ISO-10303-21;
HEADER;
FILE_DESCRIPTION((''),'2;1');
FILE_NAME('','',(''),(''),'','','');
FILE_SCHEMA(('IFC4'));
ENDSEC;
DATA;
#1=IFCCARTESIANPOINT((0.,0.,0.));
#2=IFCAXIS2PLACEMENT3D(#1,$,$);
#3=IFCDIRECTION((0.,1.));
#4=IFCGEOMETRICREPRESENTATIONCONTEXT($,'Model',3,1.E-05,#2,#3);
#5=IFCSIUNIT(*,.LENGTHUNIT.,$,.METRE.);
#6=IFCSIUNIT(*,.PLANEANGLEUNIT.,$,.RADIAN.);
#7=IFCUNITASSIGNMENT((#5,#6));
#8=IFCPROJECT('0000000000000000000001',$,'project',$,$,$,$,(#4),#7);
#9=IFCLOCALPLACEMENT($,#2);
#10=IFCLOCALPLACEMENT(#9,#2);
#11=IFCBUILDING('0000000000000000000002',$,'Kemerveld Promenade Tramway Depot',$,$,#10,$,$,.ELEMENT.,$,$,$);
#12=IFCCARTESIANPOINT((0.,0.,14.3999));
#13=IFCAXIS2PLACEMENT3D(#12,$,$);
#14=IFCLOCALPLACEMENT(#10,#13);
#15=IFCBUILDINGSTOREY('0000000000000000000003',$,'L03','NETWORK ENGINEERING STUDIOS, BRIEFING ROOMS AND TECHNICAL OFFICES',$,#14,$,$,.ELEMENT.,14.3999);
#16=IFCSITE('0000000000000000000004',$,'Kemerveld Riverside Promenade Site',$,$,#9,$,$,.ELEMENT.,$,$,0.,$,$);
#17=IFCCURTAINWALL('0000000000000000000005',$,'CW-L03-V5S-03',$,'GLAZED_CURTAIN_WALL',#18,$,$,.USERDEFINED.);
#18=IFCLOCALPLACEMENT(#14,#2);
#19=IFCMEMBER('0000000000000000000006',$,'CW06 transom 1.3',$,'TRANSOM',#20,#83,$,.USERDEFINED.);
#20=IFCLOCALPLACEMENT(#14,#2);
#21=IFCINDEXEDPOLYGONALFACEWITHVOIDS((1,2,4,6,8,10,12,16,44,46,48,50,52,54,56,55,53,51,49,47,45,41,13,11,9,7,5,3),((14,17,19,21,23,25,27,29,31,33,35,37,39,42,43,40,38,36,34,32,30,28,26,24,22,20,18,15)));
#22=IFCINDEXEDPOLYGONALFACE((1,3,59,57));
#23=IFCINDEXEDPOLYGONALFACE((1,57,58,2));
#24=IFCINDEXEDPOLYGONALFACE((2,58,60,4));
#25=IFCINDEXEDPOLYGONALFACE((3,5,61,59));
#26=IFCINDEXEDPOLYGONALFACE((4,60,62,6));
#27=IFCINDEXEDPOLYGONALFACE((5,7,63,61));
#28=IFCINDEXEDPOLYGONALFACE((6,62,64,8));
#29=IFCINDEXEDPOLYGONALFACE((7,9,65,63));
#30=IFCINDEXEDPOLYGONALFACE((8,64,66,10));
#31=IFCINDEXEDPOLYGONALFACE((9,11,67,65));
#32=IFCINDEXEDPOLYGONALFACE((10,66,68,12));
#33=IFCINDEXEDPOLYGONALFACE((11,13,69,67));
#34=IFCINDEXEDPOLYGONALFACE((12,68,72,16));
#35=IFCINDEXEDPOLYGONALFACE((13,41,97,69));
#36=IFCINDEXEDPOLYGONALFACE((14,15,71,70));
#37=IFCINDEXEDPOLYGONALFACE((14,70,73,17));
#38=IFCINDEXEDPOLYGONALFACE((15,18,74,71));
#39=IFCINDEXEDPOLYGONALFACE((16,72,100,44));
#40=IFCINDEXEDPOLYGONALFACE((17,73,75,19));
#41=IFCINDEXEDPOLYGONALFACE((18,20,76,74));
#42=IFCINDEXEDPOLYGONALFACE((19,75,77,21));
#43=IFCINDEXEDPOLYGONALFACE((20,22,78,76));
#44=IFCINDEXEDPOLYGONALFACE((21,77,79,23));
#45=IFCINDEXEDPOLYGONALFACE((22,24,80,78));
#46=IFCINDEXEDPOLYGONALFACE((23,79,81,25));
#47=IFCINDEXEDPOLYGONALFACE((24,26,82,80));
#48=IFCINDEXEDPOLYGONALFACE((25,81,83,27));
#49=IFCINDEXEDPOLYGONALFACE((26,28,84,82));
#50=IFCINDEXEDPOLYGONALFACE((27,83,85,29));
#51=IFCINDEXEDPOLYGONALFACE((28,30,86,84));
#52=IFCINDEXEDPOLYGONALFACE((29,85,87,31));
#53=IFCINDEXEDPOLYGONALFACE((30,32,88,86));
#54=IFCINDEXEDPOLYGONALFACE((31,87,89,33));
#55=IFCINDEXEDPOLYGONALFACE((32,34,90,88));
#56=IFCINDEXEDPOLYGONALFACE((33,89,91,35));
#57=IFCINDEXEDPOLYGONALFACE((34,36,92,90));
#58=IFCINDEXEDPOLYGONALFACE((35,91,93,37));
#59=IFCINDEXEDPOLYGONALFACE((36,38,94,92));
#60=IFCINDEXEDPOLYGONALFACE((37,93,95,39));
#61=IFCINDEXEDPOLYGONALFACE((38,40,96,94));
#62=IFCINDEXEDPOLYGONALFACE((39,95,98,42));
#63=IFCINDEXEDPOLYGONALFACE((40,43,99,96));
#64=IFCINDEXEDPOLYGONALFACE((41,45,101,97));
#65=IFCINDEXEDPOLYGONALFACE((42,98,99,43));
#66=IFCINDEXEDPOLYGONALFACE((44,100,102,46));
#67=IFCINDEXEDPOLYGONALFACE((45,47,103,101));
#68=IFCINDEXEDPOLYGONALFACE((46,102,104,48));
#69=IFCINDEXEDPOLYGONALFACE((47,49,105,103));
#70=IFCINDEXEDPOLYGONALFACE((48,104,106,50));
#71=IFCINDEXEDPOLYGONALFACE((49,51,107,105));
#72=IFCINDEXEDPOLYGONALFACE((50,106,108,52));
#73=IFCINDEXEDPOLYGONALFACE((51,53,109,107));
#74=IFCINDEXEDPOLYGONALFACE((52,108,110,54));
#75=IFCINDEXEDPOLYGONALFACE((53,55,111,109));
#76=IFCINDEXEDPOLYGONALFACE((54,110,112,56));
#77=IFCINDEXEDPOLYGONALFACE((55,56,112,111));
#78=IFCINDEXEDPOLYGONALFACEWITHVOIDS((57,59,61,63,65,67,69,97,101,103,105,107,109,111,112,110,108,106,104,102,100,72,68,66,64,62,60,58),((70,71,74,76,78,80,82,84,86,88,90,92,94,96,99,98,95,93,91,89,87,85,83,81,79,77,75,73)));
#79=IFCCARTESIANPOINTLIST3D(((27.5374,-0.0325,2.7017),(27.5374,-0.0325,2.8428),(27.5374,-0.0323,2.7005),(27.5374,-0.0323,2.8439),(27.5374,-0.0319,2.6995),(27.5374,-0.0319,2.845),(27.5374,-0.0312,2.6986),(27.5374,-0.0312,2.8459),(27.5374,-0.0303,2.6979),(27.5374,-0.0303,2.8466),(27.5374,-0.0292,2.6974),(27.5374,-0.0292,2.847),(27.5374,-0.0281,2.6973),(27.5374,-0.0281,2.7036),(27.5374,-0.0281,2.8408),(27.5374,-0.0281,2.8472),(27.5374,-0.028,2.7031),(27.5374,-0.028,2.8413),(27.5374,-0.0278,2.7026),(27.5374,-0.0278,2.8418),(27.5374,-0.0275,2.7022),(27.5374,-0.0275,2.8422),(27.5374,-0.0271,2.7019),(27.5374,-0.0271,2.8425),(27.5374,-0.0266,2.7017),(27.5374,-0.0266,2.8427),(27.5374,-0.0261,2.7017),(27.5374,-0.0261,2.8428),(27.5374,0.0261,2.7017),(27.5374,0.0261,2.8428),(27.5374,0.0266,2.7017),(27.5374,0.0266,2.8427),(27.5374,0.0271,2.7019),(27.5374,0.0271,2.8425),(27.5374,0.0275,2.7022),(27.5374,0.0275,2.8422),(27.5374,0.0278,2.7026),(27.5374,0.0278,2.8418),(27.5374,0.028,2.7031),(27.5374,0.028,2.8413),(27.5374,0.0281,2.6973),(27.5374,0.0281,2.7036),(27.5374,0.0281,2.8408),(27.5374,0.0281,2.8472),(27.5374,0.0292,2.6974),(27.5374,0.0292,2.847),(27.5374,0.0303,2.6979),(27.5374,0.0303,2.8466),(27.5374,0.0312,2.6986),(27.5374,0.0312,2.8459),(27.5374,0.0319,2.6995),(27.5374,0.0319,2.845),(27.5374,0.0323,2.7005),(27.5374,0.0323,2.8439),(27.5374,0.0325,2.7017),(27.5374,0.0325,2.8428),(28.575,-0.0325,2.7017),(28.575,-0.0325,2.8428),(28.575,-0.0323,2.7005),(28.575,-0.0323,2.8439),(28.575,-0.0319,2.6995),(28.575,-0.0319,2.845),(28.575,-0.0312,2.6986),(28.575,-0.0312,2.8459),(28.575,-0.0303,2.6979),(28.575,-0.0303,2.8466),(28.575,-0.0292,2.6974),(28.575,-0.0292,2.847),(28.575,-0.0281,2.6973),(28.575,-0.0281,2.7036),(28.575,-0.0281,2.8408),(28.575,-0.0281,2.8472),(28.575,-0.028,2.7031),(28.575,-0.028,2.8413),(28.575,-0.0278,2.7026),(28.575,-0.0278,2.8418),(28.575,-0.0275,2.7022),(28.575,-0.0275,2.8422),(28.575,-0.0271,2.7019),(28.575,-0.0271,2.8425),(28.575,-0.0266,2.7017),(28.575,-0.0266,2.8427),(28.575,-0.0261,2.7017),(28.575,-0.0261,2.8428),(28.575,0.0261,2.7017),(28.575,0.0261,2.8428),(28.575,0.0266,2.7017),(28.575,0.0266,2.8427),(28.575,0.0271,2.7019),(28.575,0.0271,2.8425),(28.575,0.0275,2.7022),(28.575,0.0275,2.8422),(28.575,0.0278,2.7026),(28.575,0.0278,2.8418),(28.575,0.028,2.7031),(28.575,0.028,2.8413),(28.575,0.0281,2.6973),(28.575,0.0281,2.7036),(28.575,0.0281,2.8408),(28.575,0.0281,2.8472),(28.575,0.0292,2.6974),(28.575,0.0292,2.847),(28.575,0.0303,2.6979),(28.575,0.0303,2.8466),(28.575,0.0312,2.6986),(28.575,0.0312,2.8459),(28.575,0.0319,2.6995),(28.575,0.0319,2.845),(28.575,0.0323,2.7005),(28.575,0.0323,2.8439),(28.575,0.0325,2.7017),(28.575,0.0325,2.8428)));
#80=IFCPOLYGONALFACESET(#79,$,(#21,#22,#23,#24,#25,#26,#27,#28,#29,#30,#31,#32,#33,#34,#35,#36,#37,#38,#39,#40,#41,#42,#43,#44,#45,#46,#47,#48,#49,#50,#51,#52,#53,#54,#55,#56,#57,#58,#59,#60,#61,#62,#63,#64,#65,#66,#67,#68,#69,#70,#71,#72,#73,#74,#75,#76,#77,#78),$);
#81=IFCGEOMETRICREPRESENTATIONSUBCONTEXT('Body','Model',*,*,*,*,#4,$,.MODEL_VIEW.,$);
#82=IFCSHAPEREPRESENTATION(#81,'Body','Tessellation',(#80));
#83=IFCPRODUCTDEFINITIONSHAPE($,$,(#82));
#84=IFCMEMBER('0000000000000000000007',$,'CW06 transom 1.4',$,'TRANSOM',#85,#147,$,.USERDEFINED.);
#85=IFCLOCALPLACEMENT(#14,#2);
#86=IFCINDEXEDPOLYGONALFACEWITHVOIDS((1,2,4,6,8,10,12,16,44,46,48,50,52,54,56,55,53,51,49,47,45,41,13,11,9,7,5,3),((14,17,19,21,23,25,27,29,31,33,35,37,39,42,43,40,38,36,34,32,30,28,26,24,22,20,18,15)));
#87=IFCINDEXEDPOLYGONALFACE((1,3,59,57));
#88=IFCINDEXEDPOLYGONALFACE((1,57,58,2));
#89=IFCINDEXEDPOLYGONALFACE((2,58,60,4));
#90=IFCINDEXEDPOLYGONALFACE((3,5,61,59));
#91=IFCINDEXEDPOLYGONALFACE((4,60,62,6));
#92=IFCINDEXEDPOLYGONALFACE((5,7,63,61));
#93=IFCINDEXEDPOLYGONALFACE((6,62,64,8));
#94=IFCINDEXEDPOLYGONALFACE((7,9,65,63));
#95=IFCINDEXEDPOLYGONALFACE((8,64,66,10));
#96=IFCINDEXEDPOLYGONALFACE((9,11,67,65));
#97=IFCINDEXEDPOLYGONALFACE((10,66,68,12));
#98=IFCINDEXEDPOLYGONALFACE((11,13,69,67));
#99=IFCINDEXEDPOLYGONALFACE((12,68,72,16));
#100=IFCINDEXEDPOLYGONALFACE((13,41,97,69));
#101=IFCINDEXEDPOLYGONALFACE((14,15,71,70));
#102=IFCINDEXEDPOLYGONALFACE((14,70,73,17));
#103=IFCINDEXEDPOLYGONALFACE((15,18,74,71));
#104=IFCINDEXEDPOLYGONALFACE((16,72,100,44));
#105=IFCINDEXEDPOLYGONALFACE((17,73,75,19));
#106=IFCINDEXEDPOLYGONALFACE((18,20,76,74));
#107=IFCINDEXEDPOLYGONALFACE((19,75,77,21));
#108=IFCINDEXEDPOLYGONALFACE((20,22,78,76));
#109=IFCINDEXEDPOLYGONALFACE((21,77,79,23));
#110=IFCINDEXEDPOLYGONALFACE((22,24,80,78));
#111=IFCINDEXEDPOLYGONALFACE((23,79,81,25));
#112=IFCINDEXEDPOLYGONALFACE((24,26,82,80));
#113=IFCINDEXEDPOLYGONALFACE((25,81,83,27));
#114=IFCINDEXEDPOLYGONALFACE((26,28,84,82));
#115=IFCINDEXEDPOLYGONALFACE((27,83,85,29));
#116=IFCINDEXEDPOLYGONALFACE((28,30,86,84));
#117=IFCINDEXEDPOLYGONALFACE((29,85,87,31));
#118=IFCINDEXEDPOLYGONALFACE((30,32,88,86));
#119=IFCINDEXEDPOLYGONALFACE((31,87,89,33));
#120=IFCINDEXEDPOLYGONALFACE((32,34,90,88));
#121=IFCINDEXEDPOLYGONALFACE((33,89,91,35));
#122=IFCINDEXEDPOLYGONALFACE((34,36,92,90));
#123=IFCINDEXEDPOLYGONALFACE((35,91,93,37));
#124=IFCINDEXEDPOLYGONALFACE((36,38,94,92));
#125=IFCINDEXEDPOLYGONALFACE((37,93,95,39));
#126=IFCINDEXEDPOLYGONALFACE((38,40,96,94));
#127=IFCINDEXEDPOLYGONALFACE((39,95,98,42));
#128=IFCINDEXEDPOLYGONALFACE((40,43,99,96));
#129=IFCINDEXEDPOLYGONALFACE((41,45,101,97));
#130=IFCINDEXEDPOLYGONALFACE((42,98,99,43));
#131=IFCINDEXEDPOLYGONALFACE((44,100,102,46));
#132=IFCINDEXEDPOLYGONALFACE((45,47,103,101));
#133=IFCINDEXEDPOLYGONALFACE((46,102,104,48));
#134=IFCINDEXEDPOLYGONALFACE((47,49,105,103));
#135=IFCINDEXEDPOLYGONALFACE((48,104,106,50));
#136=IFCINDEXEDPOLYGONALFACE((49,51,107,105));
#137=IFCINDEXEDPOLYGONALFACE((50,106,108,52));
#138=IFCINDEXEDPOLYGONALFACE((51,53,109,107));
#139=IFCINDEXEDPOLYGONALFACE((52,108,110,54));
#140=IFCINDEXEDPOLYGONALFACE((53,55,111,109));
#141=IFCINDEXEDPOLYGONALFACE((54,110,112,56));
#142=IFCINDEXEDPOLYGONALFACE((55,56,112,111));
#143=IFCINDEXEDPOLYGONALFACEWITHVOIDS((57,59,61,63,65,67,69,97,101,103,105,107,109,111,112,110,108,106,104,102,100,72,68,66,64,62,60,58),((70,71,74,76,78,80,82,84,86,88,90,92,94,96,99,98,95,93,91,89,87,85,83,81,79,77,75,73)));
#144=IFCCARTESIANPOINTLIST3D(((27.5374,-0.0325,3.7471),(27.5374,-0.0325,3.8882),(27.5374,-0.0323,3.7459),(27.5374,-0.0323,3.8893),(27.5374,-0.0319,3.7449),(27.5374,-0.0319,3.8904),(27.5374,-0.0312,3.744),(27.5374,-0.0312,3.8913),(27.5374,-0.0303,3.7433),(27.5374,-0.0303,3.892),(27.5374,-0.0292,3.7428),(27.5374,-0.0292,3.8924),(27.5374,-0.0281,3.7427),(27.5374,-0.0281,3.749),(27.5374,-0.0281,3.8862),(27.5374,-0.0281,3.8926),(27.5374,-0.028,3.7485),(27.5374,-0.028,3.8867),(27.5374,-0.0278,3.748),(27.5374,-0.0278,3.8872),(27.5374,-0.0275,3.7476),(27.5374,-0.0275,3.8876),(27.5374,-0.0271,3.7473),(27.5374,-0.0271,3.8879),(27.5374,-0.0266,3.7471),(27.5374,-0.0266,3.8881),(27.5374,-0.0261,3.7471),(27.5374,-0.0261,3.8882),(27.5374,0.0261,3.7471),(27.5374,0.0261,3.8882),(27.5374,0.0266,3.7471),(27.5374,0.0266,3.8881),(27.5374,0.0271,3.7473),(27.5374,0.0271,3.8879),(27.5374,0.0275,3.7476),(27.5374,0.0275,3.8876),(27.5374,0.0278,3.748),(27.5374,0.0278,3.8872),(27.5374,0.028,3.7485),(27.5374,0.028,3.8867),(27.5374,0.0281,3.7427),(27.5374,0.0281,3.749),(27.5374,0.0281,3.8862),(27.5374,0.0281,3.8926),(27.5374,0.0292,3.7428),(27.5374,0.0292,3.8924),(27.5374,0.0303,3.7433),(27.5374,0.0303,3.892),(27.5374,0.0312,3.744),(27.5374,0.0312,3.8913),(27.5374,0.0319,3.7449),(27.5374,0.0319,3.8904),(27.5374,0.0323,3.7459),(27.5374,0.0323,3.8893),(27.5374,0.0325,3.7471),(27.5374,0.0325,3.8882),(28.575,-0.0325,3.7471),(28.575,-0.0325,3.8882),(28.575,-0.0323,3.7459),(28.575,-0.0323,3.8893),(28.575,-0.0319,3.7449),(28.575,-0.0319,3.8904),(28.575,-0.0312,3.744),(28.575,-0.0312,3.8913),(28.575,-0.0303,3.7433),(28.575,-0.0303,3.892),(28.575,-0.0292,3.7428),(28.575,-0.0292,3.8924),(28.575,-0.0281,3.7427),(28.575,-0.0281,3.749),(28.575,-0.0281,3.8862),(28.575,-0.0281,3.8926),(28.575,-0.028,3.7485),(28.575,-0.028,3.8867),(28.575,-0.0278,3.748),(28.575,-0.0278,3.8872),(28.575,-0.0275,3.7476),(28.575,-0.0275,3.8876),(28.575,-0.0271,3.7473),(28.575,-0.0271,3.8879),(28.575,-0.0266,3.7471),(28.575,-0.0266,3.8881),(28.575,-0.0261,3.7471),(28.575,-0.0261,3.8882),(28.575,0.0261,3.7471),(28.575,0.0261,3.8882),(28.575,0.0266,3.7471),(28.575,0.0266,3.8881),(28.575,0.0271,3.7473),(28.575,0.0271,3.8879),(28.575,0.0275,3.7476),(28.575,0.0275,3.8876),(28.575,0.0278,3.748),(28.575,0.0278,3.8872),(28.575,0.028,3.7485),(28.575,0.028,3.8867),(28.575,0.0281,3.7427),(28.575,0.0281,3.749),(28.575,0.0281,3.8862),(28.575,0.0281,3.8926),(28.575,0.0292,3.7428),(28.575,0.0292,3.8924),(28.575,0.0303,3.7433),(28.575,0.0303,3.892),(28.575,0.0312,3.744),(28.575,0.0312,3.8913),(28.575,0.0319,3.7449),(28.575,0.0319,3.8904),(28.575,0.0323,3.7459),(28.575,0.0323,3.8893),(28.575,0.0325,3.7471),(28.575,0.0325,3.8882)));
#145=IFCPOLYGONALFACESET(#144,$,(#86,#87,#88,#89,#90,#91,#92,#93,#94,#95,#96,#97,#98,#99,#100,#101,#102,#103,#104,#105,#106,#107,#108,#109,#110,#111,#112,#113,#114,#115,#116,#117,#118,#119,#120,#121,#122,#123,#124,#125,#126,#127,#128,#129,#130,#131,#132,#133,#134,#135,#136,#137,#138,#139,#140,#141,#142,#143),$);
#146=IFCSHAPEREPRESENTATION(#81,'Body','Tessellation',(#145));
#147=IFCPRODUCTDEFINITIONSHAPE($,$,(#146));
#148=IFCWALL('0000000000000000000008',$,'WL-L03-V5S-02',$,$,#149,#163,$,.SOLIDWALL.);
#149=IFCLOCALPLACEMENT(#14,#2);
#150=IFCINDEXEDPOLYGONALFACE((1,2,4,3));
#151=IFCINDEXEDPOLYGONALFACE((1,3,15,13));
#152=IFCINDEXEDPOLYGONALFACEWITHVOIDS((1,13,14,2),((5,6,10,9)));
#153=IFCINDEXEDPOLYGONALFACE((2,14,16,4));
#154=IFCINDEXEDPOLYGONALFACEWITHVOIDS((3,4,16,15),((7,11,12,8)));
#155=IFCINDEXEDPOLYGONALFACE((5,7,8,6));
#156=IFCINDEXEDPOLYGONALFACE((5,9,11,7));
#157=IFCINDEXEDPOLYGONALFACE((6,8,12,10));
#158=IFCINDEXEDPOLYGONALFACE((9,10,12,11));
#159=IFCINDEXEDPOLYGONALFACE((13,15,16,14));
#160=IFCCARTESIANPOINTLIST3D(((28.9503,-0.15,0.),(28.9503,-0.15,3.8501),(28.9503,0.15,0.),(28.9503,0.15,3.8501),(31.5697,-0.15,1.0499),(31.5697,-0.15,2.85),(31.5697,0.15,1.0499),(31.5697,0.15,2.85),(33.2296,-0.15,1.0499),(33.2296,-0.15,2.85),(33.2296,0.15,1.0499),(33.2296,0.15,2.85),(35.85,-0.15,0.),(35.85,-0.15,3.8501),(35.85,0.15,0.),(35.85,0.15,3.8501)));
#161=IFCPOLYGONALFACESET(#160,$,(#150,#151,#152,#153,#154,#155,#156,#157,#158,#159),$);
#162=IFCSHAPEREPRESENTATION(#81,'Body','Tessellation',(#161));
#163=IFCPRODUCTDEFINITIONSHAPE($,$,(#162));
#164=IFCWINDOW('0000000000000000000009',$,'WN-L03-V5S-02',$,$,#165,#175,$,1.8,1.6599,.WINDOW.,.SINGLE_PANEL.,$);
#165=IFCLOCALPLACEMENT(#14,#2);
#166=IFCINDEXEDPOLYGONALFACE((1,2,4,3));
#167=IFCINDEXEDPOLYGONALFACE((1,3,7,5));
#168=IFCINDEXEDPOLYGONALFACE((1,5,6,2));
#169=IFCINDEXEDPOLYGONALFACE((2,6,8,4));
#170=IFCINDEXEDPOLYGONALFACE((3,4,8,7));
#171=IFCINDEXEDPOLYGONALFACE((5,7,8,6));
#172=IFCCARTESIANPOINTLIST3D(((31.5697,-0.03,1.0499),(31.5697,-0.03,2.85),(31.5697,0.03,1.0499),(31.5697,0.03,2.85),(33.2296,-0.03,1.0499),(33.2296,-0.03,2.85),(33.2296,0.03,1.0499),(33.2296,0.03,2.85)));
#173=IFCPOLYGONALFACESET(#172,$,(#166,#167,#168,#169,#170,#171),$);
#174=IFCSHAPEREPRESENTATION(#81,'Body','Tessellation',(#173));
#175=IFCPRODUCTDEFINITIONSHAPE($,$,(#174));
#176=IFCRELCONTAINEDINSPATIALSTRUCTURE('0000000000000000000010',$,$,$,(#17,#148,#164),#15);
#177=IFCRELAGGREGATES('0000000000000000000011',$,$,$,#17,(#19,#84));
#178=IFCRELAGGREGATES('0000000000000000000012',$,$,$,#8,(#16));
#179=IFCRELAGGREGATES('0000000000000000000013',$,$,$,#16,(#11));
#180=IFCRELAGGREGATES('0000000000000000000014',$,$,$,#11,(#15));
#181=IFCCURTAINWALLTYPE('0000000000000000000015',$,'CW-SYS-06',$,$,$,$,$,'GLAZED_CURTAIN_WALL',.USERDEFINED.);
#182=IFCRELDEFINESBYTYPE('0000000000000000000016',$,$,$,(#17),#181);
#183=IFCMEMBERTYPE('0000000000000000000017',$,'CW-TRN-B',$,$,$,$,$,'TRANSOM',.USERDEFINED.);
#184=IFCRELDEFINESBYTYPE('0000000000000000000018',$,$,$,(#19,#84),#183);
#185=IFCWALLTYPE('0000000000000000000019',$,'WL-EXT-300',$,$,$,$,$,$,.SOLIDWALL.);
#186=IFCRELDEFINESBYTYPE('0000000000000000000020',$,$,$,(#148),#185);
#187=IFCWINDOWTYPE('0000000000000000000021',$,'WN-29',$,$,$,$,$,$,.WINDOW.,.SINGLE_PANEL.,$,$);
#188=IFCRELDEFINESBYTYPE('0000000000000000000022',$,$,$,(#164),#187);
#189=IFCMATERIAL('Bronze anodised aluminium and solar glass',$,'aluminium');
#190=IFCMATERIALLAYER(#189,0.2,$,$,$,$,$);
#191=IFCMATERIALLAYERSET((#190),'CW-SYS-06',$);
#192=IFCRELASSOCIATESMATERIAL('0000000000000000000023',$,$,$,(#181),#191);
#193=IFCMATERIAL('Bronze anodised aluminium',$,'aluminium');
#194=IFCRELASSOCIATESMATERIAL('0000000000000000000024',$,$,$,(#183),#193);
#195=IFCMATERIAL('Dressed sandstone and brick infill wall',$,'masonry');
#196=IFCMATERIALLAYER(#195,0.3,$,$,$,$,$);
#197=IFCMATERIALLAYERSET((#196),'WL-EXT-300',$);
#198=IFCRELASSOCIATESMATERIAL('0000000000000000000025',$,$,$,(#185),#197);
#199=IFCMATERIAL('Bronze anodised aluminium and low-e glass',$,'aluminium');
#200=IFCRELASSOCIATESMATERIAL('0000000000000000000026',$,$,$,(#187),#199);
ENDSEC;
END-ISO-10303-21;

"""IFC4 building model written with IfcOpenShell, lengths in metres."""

from ifc_helpers import new_model, si_unit, direction, frame, frame_2d, origin, origin_2d, place, context, subcontext, project, spatial, rectangle, hollow_rectangle, extrude, material, layer, layer_set, material_profile, profile_set, type_object, element, fill, aggregate, save


model = new_model("IFC4")

# Units and contexts
model_context = context("Model", 3, precision=1e-05, world=origin(), true_north=direction((0.0, 1.0)))
body_context = subcontext(model_context, "Body", "Model", "MODEL_VIEW")
ifc_project = project(units=[si_unit("LENGTHUNIT", "METRE"), si_unit("PLANEANGLEUNIT", "RADIAN")], contexts=[model_context])

# Site, building, storey
site_placement = place(None, origin())
site = spatial("IfcSite", under=ifc_project, at=site_placement, Name="Kemerveld Riverside Promenade Site", CompositionType="ELEMENT", RefElevation=0.0)
building_placement = place(site_placement, origin())
building = spatial("IfcBuilding", under=site, at=building_placement, Name="Kemerveld Promenade Tramway Depot", CompositionType="ELEMENT")
storey_placement = place(building_placement, frame((0.0, 0.0, 14.3999)))
storey = spatial("IfcBuildingStorey", under=building, at=storey_placement, Name="L03", Description="NETWORK ENGINEERING STUDIOS, BRIEFING ROOMS AND TECHNICAL OFFICES", CompositionType="ELEMENT", Elevation=14.3999)

# Curtain wall, members
ifc_material_1 = material(Name="Bronze anodised aluminium and solar glass", Category="aluminium")
ifc_layer_1 = layer(ifc_material_1, 0.2)
ifc_layer_set_1 = layer_set([ifc_layer_1], Name="CW-SYS-06")
curtain_wall_type = type_object("IfcCurtainWallType", Name="CW-SYS-06", ElementType="GLAZED_CURTAIN_WALL", PredefinedType="USERDEFINED", material=ifc_layer_set_1)
curtain_wall_placement = place(storey_placement, origin())
curtain_wall = element("IfcCurtainWall", 1, at=curtain_wall_placement, inside=storey, type_object=curtain_wall_type, Name="CW-L03-V5S-03", ObjectType="GLAZED_CURTAIN_WALL", PredefinedType="USERDEFINED")
ifc_material_2 = material(Name="Bronze anodised aluminium", Category="aluminium")
ifc_material_profile_1 = material_profile(ifc_material_2, hollow_rectangle(XDim=0.0649, YDim=0.1499, WallThickness=0.0044, InnerFilletRadius=0.002, OuterFilletRadius=0.0044, at=origin_2d()), Name="CW-TRN-150x65")
ifc_profile_set_1 = profile_set([ifc_material_profile_1], Name="Bronze anodised aluminium")
member_type_1 = type_object("IfcMemberType", Name="CW-TRN-B", ElementType="TRANSOM", PredefinedType="USERDEFINED", material=ifc_profile_set_1)
member_1_placement = place(storey_placement, frame((28.575, 0.0, 2.7722), z_axis=(-1.0, 0.0, 0.0), x_axis=(0.0, -1.0, 0.0)))
member_1 = element("IfcMember", 2, at=member_1_placement, type_object=member_type_1, Name="CW06 transom 1.3", ObjectType="TRANSOM", PredefinedType="USERDEFINED", context=body_context, shape_type="SweptSolid", body=[
    extrude(hollow_rectangle(XDim=0.0649, YDim=0.1499, WallThickness=0.0044, InnerFilletRadius=0.002, OuterFilletRadius=0.0044, at=origin_2d()), origin(), (0.0, 0.0, 1.0), 1.0376),
])
member_2_placement = place(storey_placement, frame((28.575, 0.0, 3.8176), z_axis=(-1.0, 0.0, 0.0), x_axis=(0.0, -1.0, 0.0)))
member_2 = element("IfcMember", 3, at=member_2_placement, type_object=member_type_1, Name="CW06 transom 1.4", ObjectType="TRANSOM", PredefinedType="USERDEFINED", context=body_context, shape_type="SweptSolid", body=[
    extrude(hollow_rectangle(XDim=0.0649, YDim=0.1499, WallThickness=0.0044, InnerFilletRadius=0.002, OuterFilletRadius=0.0044, at=origin_2d()), origin(), (0.0, 0.0, 1.0), 1.0376),
])
aggregate(curtain_wall, [member_1, member_2])

# Wall, opening, window
ifc_material_3 = material(Name="Dressed sandstone and brick infill wall", Category="masonry")
ifc_layer_2 = layer(ifc_material_3, 0.3)
ifc_layer_set_2 = layer_set([ifc_layer_2], Name="WL-EXT-300")
wall_type = type_object("IfcWallType", Name="WL-EXT-300", PredefinedType="SOLIDWALL", material=ifc_layer_set_2)
wall_placement = place(storey_placement, frame((35.8499, 0.0, 0.0), z_axis=(0.0, 0.0, 1.0), x_axis=(-1.0, 0.0, 0.0)))
wall = element("IfcWall", 4, at=wall_placement, inside=storey, type_object=wall_type, Name="WL-L03-V5S-02", PredefinedType="SOLIDWALL", context=body_context, shape_type="SweptSolid", body=[
    extrude(rectangle(XDim=6.8997, YDim=0.3, at=frame_2d((3.4497, 0.0))), origin(), (0.0, 0.0, 1.0), 3.8501),
])
opening_placement = place(wall_placement, frame((2.6201, 0.0, 1.05)))
opening = element("IfcOpeningElement", 5, at=opening_placement, cuts=wall, PredefinedType="OPENING", context=body_context, shape_type="SweptSolid", body=[
    extrude(rectangle(XDim=1.6599, YDim=1.8, at=frame_2d((0.8301, 0.8999))), frame((0.0, 0.1599, 0.0), z_axis=(0.0, -1.0, 0.0), x_axis=(1.0, 0.0, 0.0)), (0.0, 0.0, 1.0), 0.3201),
])
ifc_material_4 = material(Name="Bronze anodised aluminium and low-e glass", Category="aluminium")
window_type = type_object("IfcWindowType", Name="WN-29", PartitioningType="SINGLE_PANEL", PredefinedType="WINDOW", material=ifc_material_4)
window_placement = place(opening_placement, origin())
window = element("IfcWindow", 6, at=window_placement, inside=storey, type_object=window_type, Name="WN-L03-V5S-02", OverallHeight=1.8, OverallWidth=1.6599, PartitioningType="SINGLE_PANEL", PredefinedType="WINDOW", context=body_context, shape_type="SweptSolid", body=[
    extrude(rectangle(XDim=1.6599, YDim=1.8, at=frame_2d((0.8301, 0.8999))), frame((0.0, 0.03, 0.0), z_axis=(0.0, -1.0, 0.0), x_axis=(1.0, 0.0, 0.0)), (0.0, 0.0, 1.0), 0.0601),
])
fill(opening, window)

save(model, "model.ifc")
